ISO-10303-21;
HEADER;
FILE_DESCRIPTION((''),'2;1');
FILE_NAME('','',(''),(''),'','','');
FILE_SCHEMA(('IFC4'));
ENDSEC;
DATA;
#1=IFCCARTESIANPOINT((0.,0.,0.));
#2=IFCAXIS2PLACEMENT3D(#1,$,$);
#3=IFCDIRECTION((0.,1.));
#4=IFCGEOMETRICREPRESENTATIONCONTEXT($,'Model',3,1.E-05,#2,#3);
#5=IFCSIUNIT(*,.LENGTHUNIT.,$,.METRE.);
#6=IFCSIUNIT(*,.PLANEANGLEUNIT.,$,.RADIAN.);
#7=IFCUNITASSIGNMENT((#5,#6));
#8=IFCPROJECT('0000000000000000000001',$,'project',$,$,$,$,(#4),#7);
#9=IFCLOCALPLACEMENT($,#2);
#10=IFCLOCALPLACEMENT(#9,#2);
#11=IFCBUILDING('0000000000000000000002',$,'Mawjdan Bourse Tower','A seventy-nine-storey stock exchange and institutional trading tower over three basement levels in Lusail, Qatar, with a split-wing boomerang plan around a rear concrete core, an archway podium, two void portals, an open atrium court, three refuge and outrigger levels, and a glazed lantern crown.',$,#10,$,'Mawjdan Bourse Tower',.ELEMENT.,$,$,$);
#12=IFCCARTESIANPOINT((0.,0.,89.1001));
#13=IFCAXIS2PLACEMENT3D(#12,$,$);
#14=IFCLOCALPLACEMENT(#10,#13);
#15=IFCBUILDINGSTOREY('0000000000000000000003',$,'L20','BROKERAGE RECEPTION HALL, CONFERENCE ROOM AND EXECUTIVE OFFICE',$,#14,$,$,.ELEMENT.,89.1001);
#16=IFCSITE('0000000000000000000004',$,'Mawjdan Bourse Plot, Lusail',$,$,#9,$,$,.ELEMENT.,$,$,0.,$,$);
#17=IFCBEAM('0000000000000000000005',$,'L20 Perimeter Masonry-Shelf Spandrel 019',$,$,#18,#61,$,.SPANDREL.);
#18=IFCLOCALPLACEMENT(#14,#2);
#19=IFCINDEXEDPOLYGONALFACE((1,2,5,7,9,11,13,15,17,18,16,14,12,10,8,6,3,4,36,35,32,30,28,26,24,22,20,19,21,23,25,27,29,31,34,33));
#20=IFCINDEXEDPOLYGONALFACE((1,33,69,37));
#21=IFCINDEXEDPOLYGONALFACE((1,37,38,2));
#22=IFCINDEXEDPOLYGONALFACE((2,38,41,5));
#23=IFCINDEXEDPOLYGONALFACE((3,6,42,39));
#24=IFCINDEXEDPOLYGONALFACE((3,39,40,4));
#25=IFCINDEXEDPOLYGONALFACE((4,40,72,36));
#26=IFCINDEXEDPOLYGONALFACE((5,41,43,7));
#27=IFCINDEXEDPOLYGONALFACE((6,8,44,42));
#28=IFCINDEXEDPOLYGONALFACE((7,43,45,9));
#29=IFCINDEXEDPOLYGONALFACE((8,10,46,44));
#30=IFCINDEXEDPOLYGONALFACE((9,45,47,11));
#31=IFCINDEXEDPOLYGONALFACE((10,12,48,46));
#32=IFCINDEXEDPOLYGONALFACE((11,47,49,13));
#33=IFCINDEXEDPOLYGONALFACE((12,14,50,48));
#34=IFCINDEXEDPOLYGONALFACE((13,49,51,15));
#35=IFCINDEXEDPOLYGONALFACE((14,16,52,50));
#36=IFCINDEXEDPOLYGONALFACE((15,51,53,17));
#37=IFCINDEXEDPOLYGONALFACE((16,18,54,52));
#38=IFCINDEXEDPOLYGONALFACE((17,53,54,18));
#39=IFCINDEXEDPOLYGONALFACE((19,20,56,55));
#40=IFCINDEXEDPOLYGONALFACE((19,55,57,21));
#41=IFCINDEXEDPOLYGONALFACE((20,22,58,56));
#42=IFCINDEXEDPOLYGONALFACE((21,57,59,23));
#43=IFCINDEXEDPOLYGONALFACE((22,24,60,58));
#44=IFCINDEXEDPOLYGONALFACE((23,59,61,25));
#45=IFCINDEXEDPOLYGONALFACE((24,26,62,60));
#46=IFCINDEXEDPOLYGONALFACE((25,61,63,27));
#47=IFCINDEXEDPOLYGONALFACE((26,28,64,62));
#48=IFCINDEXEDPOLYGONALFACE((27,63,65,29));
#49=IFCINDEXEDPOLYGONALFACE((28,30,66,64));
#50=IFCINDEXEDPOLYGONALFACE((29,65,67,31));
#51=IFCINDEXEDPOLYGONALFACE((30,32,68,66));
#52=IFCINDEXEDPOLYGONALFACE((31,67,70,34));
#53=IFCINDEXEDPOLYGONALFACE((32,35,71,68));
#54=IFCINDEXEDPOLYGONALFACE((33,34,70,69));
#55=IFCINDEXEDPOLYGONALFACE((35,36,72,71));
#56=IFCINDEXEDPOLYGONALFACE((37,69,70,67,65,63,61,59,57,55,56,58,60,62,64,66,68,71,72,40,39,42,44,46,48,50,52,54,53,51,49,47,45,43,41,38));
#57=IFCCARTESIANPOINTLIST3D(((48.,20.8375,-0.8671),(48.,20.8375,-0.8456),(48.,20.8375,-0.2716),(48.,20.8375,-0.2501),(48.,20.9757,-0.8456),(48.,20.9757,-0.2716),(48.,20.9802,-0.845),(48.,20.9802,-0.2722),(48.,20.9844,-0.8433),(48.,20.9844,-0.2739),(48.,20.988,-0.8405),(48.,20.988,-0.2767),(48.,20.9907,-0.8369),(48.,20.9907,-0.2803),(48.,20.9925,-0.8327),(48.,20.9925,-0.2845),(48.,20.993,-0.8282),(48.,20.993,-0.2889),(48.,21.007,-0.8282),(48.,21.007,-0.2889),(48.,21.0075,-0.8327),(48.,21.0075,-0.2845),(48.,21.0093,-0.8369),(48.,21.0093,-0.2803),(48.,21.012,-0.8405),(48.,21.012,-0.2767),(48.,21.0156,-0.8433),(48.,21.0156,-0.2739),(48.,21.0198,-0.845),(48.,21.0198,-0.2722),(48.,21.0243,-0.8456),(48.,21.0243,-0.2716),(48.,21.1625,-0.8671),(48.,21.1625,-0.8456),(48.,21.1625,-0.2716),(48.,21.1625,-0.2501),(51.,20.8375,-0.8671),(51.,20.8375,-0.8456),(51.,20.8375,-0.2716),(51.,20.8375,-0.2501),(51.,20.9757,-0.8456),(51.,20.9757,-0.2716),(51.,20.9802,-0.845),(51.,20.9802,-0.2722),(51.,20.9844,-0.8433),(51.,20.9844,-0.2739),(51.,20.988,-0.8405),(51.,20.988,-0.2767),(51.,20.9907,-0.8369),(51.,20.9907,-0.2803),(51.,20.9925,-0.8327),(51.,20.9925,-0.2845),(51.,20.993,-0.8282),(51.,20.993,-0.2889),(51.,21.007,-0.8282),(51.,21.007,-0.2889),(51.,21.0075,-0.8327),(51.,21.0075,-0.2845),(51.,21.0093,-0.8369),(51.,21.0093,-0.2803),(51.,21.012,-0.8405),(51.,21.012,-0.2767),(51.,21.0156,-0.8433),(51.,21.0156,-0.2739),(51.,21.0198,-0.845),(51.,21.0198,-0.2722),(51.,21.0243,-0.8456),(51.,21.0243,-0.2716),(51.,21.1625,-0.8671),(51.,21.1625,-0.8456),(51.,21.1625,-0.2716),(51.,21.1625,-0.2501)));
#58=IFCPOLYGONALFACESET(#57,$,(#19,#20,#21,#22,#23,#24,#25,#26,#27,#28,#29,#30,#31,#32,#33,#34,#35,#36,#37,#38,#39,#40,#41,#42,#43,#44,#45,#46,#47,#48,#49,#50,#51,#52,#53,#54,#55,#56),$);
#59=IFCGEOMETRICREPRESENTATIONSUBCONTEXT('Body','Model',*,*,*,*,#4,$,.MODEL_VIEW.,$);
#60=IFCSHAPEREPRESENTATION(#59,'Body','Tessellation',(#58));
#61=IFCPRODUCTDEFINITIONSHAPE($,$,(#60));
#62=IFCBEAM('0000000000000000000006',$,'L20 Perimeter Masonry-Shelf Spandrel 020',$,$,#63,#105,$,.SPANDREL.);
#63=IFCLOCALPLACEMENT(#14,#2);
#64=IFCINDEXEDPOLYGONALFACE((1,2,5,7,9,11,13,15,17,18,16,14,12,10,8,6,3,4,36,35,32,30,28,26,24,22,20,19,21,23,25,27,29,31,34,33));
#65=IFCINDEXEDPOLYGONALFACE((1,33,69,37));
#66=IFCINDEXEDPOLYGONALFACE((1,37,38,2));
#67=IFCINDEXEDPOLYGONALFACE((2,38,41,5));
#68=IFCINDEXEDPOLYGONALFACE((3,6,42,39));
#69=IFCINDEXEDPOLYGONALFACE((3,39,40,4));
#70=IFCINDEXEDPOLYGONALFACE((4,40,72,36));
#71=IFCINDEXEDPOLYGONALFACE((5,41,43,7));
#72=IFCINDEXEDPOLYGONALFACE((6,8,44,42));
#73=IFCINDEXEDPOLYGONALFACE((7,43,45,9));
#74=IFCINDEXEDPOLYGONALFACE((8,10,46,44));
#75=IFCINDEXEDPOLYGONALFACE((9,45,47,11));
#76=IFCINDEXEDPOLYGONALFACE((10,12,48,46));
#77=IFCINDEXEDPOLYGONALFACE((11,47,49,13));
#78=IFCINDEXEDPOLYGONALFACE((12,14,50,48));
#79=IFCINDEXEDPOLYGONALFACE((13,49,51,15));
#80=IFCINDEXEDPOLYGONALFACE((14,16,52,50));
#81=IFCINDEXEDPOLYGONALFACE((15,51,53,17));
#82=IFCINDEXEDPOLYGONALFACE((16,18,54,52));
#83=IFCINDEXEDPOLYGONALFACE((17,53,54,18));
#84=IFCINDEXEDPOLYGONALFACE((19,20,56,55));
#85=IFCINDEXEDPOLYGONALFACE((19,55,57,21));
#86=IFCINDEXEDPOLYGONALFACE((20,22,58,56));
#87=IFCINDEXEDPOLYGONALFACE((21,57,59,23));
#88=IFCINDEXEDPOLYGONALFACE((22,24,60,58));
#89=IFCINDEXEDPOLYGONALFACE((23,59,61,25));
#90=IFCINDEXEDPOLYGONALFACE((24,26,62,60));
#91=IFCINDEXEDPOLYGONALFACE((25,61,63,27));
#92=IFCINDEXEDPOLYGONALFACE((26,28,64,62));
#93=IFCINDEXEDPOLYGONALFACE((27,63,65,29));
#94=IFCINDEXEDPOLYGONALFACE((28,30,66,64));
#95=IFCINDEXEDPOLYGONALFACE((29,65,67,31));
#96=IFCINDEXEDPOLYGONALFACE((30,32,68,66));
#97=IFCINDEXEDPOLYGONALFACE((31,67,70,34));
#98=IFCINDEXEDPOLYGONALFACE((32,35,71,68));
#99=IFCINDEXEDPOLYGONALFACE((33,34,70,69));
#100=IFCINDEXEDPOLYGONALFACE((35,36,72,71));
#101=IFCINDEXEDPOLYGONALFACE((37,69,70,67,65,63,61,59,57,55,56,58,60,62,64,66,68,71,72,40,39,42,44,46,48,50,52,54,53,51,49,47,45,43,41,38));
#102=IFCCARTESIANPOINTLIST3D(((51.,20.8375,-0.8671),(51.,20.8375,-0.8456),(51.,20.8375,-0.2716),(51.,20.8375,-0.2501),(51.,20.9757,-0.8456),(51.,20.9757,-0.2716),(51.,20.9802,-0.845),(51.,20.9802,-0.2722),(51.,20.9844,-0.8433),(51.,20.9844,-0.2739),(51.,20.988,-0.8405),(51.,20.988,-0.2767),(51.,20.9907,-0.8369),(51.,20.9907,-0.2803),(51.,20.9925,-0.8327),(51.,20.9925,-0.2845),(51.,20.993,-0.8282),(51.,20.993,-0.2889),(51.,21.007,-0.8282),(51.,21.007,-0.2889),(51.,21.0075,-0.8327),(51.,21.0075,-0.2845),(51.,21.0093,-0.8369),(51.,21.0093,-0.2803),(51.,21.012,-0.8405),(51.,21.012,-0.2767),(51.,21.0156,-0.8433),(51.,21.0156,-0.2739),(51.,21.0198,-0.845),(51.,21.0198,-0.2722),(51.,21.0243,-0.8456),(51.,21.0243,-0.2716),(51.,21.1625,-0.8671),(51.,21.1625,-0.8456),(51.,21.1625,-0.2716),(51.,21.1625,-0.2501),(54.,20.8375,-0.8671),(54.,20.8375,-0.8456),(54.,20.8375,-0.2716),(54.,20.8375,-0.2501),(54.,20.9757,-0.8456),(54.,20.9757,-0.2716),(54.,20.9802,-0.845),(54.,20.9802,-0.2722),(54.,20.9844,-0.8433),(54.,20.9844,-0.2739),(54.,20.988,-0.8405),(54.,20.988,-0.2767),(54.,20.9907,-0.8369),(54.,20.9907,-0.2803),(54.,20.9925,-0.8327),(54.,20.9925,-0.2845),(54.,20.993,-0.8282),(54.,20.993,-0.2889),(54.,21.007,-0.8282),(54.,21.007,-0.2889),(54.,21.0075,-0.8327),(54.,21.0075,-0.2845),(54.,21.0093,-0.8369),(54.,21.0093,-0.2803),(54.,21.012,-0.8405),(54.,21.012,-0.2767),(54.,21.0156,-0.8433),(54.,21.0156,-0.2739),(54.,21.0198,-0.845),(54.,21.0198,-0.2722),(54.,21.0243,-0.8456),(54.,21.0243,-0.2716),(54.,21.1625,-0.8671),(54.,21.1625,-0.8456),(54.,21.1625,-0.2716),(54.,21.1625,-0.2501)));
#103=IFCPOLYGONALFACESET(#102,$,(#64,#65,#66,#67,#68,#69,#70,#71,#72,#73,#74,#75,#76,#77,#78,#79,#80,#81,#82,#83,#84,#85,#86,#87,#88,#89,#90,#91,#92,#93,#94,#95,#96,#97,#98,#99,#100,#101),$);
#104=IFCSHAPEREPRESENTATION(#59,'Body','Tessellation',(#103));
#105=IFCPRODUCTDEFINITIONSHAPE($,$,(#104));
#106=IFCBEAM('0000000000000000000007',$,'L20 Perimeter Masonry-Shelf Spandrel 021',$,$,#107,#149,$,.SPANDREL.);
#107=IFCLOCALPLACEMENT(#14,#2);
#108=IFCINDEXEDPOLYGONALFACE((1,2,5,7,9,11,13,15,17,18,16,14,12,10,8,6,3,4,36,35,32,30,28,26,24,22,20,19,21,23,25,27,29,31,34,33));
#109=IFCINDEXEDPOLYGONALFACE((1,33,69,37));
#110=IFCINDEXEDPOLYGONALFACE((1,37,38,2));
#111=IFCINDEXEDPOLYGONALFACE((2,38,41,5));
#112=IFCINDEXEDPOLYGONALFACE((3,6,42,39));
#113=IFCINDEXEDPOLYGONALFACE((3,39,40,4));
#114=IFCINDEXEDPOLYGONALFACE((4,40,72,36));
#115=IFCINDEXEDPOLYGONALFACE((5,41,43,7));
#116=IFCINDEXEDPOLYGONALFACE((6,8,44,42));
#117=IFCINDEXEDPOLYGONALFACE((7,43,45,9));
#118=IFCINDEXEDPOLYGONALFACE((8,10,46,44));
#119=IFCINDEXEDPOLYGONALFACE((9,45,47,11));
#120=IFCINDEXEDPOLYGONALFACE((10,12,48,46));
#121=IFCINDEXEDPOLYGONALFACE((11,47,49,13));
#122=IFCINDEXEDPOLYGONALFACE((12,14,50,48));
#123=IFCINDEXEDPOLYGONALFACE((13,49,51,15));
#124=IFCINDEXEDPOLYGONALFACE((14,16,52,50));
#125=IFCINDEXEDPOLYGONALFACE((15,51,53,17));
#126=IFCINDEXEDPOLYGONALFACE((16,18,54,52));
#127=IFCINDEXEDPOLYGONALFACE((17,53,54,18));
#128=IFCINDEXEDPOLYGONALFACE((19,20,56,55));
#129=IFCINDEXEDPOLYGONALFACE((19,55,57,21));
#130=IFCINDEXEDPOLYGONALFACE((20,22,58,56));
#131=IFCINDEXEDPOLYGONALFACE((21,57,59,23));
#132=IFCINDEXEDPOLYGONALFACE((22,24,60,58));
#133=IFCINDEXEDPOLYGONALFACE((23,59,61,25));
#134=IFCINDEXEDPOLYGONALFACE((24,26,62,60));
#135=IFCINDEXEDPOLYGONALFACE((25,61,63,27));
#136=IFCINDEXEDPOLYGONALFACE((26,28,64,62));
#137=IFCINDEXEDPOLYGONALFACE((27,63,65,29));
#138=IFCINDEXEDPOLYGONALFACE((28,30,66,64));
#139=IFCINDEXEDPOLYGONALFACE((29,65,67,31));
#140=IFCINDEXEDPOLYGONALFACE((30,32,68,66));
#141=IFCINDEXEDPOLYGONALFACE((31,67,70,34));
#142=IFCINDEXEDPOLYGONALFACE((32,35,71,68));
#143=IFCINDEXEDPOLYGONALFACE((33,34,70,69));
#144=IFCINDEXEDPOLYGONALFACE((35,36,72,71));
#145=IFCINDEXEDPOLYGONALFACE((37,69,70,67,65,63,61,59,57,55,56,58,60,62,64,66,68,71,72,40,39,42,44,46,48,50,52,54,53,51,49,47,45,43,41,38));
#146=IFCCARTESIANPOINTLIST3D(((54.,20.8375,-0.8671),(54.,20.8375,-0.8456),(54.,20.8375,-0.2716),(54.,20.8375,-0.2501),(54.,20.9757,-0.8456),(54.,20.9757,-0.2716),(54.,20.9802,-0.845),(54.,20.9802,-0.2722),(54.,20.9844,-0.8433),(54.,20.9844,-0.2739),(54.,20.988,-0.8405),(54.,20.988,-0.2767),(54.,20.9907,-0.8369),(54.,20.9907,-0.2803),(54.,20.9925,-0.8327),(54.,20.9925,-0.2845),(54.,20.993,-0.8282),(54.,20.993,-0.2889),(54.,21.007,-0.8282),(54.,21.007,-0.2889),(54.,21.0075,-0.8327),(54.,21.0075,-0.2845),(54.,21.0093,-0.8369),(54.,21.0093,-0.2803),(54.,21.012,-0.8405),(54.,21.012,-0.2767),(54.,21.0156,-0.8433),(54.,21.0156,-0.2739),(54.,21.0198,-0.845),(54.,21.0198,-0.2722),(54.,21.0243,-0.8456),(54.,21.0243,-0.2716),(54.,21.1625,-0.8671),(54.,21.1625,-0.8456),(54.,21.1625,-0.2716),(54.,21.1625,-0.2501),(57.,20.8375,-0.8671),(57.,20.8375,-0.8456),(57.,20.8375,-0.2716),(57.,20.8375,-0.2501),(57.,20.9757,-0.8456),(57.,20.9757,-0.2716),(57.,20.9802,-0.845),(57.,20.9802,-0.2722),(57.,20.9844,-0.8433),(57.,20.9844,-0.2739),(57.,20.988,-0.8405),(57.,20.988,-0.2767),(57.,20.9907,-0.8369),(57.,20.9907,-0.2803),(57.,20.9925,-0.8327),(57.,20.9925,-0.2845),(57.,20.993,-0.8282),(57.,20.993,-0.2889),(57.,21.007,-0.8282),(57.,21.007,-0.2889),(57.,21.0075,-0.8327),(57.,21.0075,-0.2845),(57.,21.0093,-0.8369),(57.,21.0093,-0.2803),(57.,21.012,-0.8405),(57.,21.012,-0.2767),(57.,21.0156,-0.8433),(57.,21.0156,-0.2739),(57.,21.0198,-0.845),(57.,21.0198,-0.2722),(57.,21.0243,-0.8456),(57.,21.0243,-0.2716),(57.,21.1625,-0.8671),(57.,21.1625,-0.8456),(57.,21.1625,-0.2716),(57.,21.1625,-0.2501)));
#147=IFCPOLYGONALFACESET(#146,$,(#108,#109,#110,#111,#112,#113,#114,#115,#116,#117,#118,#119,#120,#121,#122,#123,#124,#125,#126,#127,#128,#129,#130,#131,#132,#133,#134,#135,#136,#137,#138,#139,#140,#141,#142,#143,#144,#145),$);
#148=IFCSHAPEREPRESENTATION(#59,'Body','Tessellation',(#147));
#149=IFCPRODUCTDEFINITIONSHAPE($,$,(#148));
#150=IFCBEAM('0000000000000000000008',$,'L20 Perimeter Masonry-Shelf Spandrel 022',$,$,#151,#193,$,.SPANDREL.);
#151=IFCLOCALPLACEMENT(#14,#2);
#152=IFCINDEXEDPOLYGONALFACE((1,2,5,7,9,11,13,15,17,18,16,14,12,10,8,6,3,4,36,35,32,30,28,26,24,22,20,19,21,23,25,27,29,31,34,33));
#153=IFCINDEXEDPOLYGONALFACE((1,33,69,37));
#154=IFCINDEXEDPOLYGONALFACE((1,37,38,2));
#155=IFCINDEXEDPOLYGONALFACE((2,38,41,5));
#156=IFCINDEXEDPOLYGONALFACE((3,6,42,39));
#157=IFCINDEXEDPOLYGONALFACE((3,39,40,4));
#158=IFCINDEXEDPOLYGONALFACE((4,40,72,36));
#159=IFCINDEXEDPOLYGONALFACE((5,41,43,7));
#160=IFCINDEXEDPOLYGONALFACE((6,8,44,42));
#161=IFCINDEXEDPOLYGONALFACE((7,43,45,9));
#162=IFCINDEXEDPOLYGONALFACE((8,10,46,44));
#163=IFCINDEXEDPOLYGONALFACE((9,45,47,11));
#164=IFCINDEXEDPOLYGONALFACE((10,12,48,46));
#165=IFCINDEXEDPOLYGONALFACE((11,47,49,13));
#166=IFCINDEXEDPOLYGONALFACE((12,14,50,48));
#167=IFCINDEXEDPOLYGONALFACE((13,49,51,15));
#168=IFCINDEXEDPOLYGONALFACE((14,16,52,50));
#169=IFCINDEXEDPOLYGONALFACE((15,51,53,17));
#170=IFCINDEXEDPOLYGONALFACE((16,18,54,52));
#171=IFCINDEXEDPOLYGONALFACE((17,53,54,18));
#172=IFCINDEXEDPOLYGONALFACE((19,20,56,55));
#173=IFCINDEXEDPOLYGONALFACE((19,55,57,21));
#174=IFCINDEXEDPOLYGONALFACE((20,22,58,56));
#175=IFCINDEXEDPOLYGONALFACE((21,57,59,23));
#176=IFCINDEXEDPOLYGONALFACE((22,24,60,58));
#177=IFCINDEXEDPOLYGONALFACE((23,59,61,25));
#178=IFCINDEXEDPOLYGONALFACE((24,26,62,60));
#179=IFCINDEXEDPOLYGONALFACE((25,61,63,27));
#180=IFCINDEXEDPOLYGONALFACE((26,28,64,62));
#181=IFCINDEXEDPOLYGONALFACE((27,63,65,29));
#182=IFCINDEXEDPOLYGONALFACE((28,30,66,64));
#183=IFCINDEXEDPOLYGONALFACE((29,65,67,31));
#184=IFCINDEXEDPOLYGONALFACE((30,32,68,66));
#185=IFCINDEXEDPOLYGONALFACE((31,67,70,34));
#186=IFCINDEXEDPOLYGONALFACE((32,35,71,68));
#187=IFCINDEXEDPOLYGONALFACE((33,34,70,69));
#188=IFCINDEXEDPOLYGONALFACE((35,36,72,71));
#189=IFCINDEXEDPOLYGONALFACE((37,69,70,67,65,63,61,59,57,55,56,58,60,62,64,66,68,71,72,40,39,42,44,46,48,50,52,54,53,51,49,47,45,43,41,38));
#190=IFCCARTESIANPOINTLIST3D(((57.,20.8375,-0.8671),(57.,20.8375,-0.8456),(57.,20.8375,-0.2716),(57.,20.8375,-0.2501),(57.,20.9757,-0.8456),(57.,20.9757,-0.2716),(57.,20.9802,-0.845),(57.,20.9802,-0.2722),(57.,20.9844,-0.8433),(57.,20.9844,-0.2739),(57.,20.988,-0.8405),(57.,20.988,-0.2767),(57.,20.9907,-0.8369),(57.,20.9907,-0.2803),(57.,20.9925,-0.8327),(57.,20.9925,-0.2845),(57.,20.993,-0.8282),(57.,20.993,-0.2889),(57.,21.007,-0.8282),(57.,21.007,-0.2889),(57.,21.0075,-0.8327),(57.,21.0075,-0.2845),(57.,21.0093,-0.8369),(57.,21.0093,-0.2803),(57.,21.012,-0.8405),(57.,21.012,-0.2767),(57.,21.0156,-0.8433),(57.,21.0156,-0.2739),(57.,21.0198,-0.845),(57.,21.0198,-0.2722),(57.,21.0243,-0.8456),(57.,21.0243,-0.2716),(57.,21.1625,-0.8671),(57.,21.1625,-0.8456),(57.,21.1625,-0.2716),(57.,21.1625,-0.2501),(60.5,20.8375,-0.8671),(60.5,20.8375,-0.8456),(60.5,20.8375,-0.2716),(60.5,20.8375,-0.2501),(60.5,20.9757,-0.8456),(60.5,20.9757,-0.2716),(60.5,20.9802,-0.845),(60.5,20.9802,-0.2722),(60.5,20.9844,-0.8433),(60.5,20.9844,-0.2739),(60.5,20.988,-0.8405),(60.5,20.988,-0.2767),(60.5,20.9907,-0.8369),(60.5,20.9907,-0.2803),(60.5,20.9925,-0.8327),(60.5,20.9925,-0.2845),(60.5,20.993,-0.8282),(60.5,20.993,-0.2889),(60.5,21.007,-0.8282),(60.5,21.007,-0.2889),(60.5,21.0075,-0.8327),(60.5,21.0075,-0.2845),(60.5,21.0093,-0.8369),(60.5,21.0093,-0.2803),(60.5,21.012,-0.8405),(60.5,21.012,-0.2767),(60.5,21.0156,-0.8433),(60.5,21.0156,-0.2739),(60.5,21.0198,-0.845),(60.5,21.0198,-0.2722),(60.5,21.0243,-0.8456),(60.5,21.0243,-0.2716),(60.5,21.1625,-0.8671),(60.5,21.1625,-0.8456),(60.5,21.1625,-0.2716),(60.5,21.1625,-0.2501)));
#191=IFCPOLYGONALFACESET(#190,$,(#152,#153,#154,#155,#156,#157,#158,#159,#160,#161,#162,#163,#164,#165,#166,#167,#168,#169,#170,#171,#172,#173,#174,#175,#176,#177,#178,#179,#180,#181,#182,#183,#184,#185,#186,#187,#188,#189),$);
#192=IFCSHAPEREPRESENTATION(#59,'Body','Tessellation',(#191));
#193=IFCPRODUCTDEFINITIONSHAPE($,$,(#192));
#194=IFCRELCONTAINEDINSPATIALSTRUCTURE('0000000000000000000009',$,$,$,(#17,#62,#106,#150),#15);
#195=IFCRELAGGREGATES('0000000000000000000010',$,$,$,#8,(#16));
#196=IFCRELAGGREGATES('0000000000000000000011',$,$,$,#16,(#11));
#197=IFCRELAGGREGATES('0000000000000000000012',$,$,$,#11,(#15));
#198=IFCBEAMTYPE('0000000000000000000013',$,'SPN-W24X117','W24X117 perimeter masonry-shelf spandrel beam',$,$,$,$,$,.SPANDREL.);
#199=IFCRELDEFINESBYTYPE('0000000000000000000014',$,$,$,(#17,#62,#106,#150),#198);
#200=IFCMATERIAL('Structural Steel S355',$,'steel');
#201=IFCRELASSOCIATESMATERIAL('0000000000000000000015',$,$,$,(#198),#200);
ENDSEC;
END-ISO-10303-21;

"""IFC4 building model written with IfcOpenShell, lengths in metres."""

from ifc_helpers import new_model, si_unit, direction, frame, origin, origin_2d, place, context, subcontext, project, spatial, i_section, extrude, material, material_profile, profile_set, type_object, element, save


model = new_model("IFC4")

# Units and contexts
model_context = context("Model", 3, precision=1e-05, world=origin(), true_north=direction((0.0, 1.0)))
body_context = subcontext(model_context, "Body", "Model", "MODEL_VIEW")
ifc_project = project(units=[si_unit("LENGTHUNIT", "METRE"), si_unit("PLANEANGLEUNIT", "RADIAN")], contexts=[model_context])

# Site, building, storey
site_placement = place(None, origin())
site = spatial("IfcSite", under=ifc_project, at=site_placement, Name="Mawjdan Bourse Plot, Lusail", CompositionType="ELEMENT", RefElevation=0.0)
building_placement = place(site_placement, origin())
building = spatial("IfcBuilding", under=site, at=building_placement, Name="Mawjdan Bourse Tower", Description="A seventy-nine-storey stock exchange and institutional trading tower over three basement levels in Lusail, Qatar, with a split-wing boomerang plan around a rear concrete core, an archway podium, two void portals, an open atrium court, three refuge and outrigger levels, and a glazed lantern crown.", LongName="Mawjdan Bourse Tower", CompositionType="ELEMENT")
storey_placement = place(building_placement, frame((0.0, 0.0, 89.1001)))
storey = spatial("IfcBuildingStorey", under=building, at=storey_placement, Name="L20", Description="BROKERAGE RECEPTION HALL, CONFERENCE ROOM AND EXECUTIVE OFFICE", CompositionType="ELEMENT", Elevation=89.1001)

# Beams
ifc_material_1 = material(Name="Structural Steel S355", Category="steel")
ifc_material_profile_1 = material_profile(ifc_material_1, i_section(OverallWidth=0.325, OverallDepth=0.6169, WebThickness=0.0139, FlangeThickness=0.0215, FilletRadius=0.0173, at=origin_2d()), Name="W24X117")
ifc_profile_set_1 = profile_set([ifc_material_profile_1], Name="Structural Steel S355")
beam_type = type_object("IfcBeamType", Name="SPN-W24X117", Description="W24X117 perimeter masonry-shelf spandrel beam", PredefinedType="SPANDREL", material=ifc_profile_set_1)
for number, where, z_axis, x_axis, name in (
    (1, (48.0, 21.0, -0.5586), (1.0, 0.0, 0.0), (0.0, 1.0, 0.0), "L20 Perimeter Masonry-Shelf Spandrel 019"),
    (2, (51.0, 21.0, -0.5586), (1.0, 0.0, 0.0), (0.0, 1.0, 0.0), "L20 Perimeter Masonry-Shelf Spandrel 020"),
    (3, (54.0, 21.0, -0.5586), (1.0, 0.0, 0.0), (0.0, 1.0, 0.0), "L20 Perimeter Masonry-Shelf Spandrel 021"),
):
    element("IfcBeam", number, at=place(storey_placement, frame(where, z_axis=z_axis, x_axis=x_axis)), inside=storey, type_object=beam_type, Name=name, PredefinedType="SPANDREL", context=body_context, shape_type="SweptSolid", body=[
        extrude(i_section(OverallWidth=0.325, OverallDepth=0.6169, WebThickness=0.0139, FlangeThickness=0.0215, FilletRadius=0.0173, at=origin_2d()), origin(), (0.0, 0.0, 1.0), 3.0),
    ])
beam_1_placement = place(storey_placement, frame((57.0, 21.0, -0.5586), z_axis=(1.0, 0.0, 0.0), x_axis=(0.0, 1.0, 0.0)))
element("IfcBeam", 4, at=beam_1_placement, inside=storey, type_object=beam_type, Name="L20 Perimeter Masonry-Shelf Spandrel 022", PredefinedType="SPANDREL", context=body_context, shape_type="SweptSolid", body=[
    extrude(i_section(OverallWidth=0.325, OverallDepth=0.6169, WebThickness=0.0139, FlangeThickness=0.0215, FilletRadius=0.0173, at=origin_2d()), origin(), (0.0, 0.0, 1.0), 3.5),
])

save(model, "model.ifc")
